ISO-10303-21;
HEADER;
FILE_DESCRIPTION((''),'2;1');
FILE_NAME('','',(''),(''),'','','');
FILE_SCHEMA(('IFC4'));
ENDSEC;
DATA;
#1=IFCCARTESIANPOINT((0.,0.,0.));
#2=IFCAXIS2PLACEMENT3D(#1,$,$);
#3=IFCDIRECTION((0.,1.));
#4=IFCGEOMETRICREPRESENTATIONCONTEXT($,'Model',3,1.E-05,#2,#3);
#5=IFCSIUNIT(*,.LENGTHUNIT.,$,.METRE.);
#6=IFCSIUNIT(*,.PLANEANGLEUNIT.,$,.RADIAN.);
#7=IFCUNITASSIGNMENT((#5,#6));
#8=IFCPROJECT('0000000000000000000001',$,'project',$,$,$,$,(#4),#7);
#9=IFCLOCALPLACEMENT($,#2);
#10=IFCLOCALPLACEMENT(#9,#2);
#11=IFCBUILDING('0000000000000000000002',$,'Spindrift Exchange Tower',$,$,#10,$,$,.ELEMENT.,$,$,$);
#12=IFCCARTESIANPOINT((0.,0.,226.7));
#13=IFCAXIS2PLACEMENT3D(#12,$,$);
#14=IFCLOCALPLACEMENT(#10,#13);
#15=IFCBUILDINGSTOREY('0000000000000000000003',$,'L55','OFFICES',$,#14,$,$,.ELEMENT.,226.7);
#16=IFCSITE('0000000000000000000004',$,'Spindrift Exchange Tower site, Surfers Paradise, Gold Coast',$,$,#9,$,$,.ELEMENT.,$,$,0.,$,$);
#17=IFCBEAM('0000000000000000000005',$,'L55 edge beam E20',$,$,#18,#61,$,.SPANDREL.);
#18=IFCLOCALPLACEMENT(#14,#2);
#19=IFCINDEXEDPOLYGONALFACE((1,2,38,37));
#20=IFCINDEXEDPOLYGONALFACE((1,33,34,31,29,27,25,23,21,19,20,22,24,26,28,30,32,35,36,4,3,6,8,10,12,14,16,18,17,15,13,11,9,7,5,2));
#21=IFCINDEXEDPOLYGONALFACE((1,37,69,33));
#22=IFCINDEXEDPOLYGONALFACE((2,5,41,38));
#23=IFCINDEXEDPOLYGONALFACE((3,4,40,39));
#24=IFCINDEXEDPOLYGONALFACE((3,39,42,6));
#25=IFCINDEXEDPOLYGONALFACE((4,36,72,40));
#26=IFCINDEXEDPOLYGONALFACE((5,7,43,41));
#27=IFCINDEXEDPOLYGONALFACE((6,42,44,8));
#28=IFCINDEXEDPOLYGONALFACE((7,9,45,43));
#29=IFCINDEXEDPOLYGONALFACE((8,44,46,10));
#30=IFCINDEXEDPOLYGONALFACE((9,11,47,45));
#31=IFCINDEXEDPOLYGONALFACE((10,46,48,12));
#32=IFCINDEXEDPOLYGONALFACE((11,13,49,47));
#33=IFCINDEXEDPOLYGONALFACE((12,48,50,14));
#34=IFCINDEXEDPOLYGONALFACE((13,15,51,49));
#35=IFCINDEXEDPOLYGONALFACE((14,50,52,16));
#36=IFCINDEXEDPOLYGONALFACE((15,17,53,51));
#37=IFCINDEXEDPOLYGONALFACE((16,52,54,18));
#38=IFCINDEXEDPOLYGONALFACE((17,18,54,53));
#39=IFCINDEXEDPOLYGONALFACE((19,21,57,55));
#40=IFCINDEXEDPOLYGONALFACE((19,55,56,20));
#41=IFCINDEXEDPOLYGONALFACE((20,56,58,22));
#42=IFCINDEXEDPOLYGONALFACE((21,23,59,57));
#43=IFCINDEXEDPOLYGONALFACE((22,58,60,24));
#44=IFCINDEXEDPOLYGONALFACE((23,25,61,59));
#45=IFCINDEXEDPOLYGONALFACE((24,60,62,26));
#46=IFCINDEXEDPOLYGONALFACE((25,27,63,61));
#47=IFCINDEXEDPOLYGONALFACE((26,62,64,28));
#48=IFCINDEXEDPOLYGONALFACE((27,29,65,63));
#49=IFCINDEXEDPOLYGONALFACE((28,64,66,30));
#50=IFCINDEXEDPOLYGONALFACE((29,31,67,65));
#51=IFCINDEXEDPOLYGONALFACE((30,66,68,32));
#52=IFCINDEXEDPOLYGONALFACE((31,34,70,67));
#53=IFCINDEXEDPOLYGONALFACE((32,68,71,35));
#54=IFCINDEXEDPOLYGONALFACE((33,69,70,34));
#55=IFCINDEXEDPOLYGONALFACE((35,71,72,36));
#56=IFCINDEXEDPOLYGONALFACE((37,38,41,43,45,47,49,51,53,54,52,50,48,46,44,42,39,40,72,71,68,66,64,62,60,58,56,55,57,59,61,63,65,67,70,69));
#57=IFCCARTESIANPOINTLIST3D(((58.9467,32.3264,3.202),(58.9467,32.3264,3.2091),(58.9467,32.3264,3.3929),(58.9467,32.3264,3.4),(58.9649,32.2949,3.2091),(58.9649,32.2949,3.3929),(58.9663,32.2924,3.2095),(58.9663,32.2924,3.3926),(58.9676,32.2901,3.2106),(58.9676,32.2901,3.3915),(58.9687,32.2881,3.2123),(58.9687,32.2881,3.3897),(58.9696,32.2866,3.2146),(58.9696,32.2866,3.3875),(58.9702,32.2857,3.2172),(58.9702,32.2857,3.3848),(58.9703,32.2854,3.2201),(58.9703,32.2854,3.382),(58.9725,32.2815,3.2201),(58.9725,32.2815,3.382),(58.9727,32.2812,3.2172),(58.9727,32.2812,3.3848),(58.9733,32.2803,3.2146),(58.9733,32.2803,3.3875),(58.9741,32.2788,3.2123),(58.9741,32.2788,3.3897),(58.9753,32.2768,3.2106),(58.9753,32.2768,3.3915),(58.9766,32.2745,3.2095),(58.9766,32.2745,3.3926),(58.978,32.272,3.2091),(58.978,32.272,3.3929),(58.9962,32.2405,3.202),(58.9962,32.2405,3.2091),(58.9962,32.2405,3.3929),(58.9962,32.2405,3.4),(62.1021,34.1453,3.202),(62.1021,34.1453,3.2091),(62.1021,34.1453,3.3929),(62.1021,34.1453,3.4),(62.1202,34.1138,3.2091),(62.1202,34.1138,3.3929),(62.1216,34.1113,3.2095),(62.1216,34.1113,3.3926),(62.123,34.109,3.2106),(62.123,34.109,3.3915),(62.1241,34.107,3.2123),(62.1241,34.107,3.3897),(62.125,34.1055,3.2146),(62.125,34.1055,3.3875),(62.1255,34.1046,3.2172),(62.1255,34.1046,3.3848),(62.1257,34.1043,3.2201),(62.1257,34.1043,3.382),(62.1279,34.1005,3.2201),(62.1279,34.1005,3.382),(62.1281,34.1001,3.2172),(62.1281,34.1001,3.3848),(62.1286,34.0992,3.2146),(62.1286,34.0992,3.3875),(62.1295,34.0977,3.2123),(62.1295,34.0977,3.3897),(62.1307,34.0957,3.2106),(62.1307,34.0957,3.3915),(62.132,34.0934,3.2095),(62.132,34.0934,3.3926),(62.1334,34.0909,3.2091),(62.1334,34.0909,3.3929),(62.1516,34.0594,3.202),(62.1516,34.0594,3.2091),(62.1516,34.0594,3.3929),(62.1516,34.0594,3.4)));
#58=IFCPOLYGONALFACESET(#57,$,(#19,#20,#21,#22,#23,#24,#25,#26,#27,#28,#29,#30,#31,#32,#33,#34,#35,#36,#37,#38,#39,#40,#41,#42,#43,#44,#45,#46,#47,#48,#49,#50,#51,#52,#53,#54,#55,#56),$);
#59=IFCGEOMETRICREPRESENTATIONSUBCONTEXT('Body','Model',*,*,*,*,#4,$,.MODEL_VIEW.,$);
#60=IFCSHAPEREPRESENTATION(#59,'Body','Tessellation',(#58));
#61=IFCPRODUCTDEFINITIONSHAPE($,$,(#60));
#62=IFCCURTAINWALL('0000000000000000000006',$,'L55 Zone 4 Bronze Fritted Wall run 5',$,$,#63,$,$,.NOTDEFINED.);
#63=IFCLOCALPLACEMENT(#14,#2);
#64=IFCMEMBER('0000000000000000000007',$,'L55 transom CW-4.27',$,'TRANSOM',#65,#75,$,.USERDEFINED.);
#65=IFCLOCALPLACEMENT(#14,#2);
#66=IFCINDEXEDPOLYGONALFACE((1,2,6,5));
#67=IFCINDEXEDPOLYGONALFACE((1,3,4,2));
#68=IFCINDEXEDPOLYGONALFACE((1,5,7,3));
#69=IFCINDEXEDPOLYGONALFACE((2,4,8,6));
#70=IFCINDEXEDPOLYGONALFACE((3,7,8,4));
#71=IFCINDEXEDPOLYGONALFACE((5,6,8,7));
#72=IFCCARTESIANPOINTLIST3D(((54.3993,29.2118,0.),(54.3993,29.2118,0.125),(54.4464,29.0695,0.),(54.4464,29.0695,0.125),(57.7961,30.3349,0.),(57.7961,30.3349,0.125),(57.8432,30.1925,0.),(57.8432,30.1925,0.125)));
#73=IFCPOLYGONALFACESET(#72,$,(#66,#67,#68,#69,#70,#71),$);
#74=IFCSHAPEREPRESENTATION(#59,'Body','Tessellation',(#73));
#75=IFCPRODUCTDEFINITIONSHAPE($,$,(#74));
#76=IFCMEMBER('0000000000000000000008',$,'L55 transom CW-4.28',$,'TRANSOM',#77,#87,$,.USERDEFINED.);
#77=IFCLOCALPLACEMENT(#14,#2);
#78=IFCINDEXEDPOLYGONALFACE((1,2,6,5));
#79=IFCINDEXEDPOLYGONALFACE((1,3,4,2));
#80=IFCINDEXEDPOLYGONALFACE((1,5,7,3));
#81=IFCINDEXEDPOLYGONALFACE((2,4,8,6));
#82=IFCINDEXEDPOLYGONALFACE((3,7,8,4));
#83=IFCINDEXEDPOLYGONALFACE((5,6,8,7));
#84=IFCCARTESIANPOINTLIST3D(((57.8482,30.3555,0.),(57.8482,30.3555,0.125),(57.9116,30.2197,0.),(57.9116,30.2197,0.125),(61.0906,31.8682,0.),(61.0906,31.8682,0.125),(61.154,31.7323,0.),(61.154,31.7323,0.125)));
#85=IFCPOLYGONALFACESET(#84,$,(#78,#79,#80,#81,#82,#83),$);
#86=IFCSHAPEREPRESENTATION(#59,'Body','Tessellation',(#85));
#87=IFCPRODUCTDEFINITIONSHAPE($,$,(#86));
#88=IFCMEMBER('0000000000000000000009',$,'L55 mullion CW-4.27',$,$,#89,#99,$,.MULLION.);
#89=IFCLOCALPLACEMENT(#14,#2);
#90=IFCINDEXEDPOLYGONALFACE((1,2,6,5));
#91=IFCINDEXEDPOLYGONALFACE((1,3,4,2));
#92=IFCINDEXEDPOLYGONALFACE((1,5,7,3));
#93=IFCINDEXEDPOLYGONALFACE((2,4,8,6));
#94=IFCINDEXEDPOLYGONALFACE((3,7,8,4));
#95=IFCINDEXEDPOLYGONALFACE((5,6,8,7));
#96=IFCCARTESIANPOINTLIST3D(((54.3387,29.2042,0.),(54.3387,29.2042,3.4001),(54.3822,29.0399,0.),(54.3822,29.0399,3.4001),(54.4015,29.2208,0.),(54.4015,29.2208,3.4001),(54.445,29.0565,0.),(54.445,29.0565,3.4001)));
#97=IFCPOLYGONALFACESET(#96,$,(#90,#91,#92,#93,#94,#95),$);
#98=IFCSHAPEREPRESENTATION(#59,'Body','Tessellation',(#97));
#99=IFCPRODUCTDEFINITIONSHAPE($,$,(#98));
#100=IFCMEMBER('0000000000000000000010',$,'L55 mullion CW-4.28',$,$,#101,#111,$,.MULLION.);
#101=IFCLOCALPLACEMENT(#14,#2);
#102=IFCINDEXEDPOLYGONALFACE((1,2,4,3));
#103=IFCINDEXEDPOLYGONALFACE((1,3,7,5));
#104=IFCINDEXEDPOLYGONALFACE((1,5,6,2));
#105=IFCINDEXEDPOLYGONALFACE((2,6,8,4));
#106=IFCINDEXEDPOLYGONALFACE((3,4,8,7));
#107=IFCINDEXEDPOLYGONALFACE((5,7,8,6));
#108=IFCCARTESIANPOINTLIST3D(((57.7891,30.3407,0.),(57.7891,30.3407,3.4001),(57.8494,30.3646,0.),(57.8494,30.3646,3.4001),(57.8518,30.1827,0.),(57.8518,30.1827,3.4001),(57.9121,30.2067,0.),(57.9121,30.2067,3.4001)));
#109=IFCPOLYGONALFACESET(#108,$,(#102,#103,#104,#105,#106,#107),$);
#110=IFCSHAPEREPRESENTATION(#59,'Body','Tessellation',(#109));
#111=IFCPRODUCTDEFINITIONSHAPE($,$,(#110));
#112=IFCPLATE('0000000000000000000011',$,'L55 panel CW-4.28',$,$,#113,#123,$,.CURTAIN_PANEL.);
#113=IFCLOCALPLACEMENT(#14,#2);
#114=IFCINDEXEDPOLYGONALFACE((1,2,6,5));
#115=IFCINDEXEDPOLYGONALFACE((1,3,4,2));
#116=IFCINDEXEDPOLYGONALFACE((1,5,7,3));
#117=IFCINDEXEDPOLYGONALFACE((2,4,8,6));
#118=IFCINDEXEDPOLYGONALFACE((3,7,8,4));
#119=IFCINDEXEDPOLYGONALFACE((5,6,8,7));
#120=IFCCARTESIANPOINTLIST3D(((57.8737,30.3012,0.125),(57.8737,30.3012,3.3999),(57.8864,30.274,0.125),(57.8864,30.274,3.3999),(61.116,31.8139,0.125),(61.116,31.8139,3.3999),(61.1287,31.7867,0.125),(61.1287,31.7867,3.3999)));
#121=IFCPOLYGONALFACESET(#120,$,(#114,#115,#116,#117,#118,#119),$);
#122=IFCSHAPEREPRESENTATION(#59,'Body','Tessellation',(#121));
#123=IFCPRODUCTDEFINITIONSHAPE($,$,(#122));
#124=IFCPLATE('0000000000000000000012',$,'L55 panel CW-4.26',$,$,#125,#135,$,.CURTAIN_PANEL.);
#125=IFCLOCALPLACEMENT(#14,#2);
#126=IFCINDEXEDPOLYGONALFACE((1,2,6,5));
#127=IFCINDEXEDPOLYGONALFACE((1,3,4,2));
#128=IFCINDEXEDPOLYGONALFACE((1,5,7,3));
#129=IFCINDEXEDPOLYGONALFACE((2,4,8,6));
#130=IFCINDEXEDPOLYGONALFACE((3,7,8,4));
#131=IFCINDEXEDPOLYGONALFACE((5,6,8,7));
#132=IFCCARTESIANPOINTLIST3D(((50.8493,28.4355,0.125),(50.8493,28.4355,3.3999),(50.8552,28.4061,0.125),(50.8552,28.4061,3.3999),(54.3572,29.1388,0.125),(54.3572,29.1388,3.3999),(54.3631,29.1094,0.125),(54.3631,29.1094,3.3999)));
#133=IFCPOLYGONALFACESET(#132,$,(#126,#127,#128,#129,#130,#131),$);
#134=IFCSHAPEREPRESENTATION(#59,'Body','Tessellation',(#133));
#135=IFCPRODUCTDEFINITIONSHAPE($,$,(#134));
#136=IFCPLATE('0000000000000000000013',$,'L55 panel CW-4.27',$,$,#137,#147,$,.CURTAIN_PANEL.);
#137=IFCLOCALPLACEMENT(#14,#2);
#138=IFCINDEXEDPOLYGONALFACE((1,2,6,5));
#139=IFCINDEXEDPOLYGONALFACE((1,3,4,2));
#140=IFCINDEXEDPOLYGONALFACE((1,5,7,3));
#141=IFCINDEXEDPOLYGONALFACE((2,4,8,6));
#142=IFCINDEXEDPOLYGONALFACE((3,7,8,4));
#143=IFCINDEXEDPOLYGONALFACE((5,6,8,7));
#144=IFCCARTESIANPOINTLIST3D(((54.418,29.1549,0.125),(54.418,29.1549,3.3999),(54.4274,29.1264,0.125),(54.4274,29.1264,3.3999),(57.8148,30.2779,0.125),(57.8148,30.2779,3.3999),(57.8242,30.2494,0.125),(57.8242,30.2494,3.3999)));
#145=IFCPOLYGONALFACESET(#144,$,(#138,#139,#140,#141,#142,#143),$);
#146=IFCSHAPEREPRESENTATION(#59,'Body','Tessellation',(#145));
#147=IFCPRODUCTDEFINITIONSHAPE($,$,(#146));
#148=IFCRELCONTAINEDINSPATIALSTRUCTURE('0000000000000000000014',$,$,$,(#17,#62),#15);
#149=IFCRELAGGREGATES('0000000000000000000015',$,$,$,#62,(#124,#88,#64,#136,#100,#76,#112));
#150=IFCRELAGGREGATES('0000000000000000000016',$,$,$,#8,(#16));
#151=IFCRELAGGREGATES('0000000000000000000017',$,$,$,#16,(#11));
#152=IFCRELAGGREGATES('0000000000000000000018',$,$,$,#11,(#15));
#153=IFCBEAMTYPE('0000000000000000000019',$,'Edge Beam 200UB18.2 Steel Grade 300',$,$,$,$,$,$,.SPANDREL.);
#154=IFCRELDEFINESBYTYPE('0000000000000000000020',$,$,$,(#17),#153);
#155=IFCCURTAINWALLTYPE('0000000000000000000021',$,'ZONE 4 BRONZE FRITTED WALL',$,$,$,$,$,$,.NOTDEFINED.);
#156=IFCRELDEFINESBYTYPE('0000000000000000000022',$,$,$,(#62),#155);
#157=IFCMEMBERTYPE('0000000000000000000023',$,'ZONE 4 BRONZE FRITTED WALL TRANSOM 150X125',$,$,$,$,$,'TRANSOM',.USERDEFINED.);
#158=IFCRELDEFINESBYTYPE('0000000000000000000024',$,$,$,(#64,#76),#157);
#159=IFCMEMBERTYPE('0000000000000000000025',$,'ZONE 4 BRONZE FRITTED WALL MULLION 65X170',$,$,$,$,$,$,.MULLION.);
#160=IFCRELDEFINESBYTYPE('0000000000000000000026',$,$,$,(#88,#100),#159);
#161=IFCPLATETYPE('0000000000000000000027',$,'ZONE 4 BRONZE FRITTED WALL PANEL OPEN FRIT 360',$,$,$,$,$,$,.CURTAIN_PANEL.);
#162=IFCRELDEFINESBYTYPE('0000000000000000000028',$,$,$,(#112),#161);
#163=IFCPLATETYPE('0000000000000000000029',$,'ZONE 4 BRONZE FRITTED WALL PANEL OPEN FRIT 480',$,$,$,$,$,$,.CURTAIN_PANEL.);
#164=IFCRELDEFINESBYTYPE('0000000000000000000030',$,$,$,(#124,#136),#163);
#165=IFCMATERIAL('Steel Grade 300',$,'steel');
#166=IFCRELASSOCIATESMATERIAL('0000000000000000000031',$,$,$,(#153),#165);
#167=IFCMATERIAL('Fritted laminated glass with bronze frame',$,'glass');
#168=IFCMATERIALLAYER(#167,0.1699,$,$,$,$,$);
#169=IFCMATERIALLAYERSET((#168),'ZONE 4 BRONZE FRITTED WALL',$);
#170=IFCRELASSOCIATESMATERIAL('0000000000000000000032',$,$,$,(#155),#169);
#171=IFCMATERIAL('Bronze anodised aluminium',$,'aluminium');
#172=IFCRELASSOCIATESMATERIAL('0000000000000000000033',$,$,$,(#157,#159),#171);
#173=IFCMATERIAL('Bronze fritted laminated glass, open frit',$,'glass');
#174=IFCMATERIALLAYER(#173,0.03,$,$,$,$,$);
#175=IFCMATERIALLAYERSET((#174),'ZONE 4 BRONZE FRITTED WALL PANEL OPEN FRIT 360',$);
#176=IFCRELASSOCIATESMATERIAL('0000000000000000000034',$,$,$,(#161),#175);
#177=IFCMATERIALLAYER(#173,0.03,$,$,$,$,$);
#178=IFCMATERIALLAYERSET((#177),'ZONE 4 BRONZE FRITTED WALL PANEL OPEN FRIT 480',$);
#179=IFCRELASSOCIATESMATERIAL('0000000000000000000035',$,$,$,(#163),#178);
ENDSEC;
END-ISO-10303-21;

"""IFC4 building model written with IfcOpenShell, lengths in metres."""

from ifc_helpers import new_model, si_unit, direction, frame, origin, origin_2d, place, context, subcontext, project, spatial, rectangle, i_section, extrude, source, transform, mapped, material, layer, layer_set, material_profile, profile_set, type_object, element, aggregate, save


model = new_model("IFC4")

# Units and contexts
model_context = context("Model", 3, precision=1e-05, world=origin(), true_north=direction((0.0, 1.0)))
body_context = subcontext(model_context, "Body", "Model", "MODEL_VIEW")
ifc_project = project(units=[si_unit("LENGTHUNIT", "METRE"), si_unit("PLANEANGLEUNIT", "RADIAN")], contexts=[model_context])

# Site, building, storey
site_placement = place(None, origin())
site = spatial("IfcSite", under=ifc_project, at=site_placement, Name="Spindrift Exchange Tower site, Surfers Paradise, Gold Coast", CompositionType="ELEMENT", RefElevation=0.0)
building_placement = place(site_placement, origin())
building = spatial("IfcBuilding", under=site, at=building_placement, Name="Spindrift Exchange Tower", CompositionType="ELEMENT")
storey_placement = place(building_placement, frame((0.0, 0.0, 226.7)))
storey = spatial("IfcBuildingStorey", under=building, at=storey_placement, Name="L55", Description="OFFICES", CompositionType="ELEMENT", Elevation=226.7)

# Beam
ifc_material_1 = material(Name="Steel Grade 300", Category="steel")
ifc_material_profile_1 = material_profile(ifc_material_1, i_section(OverallWidth=0.0991, OverallDepth=0.198, WebThickness=0.0044, FlangeThickness=0.0071, FilletRadius=0.011, at=origin_2d()), Name="200UB18.2")
ifc_profile_set_1 = profile_set([ifc_material_profile_1], Name="Steel Grade 300")
beam_type_1 = type_object("IfcBeamType", Name="Edge Beam 200UB18.2 Steel Grade 300", PredefinedType="SPANDREL", material=ifc_profile_set_1)
shared_shape_1 = source(origin(), body_context, "Body", "SweptSolid", [
    extrude(i_section(OverallWidth=0.0991, OverallDepth=0.198, WebThickness=0.0044, FlangeThickness=0.0071, FilletRadius=0.011, at=origin_2d()), origin(), (0.0, 0.0, 1.0), 3.6421),
])
beam_1_placement = place(storey_placement, frame((58.9714, 32.2834, 3.301), z_axis=(0.866364, 0.499413, 0.0), x_axis=(-0.499413, 0.866364, 0.0)))
element("IfcBeam", 1, at=beam_1_placement, inside=storey, type_object=beam_type_1, Name="L55 edge beam E20", PredefinedType="SPANDREL", context=body_context, shape_type="MappedRepresentation", body=[
    mapped(shared_shape_1, transform((0.0, 0.0, 0.0), scale=1.0)),
])

# Curtain wall, members, plates
ifc_material_2 = material(Name="Fritted laminated glass with bronze frame", Category="glass")
ifc_layer_1 = layer(ifc_material_2, 0.1699)
ifc_layer_set_1 = layer_set([ifc_layer_1], Name="ZONE 4 BRONZE FRITTED WALL")
curtain_wall_type = type_object("IfcCurtainWallType", Name="ZONE 4 BRONZE FRITTED WALL", PredefinedType="NOTDEFINED", material=ifc_layer_set_1)
curtain_wall_placement = place(storey_placement, origin())
curtain_wall = element("IfcCurtainWall", 2, at=curtain_wall_placement, inside=storey, type_object=curtain_wall_type, Name="L55 Zone 4 Bronze Fritted Wall run 5", PredefinedType="NOTDEFINED")
ifc_material_3 = material(Name="Bronze anodised aluminium", Category="aluminium")
ifc_material_profile_2 = material_profile(ifc_material_3, rectangle(XDim=0.1499, YDim=0.125, at=origin_2d()), Name="ZONE 4 BRONZE FRITTED WALL TRANSOM 150X125")
ifc_profile_set_2 = profile_set([ifc_material_profile_2], Name="Bronze anodised aluminium")
member_type_1 = type_object("IfcMemberType", Name="ZONE 4 BRONZE FRITTED WALL TRANSOM 150X125", ElementType="TRANSOM", PredefinedType="USERDEFINED", material=ifc_profile_set_2)
shared_shape_2 = source(origin(), body_context, "Body", "SweptSolid", [
    extrude(rectangle(XDim=0.1499, YDim=0.125, at=origin_2d()), origin(), (0.0, 0.0, 1.0), 3.5776),
])
member_1_placement = place(storey_placement, frame((54.4229, 29.1406, 0.0625), z_axis=(0.949452, 0.313913, 0.0), x_axis=(-0.313913, 0.949452, 0.0)))
member_1 = element("IfcMember", 3, at=member_1_placement, type_object=member_type_1, Name="L55 transom CW-4.27", ObjectType="TRANSOM", PredefinedType="USERDEFINED", context=body_context, shape_type="MappedRepresentation", body=[
    mapped(shared_shape_2, transform((0.0, 0.0, 0.0), scale=1.0)),
])
shared_shape_3 = source(origin(), body_context, "Body", "SweptSolid", [
    extrude(rectangle(XDim=0.1499, YDim=0.125, at=origin_2d()), origin(), (0.0, 0.0, 1.0), 3.5779),
])
member_2_placement = place(storey_placement, frame((57.8799, 30.2876, 0.0625), z_axis=(0.90623, 0.422785, 0.0), x_axis=(-0.422785, 0.90623, 0.0)))
member_2 = element("IfcMember", 4, at=member_2_placement, type_object=member_type_1, Name="L55 transom CW-4.28", ObjectType="TRANSOM", PredefinedType="USERDEFINED", context=body_context, shape_type="MappedRepresentation", body=[
    mapped(shared_shape_3, transform((0.0, 0.0, 0.0), scale=1.0)),
])
ifc_material_profile_3 = material_profile(ifc_material_3, rectangle(XDim=0.0649, YDim=0.1699, at=origin_2d()), Name="ZONE 4 BRONZE FRITTED WALL MULLION 65X170")
ifc_profile_set_3 = profile_set([ifc_material_profile_3], Name="Bronze anodised aluminium")
member_type_2 = type_object("IfcMemberType", Name="ZONE 4 BRONZE FRITTED WALL MULLION 65X170", PredefinedType="MULLION", material=ifc_profile_set_3)
shared_shape_4 = source(origin(), body_context, "Body", "SweptSolid", [
    extrude(rectangle(XDim=0.0649, YDim=0.1699, at=origin_2d()), origin(), (0.0, 0.0, 1.0), 3.4001),
])
member_3_placement = place(storey_placement, frame((54.3918, 29.1304, 0.0), z_axis=(0.0, 0.0, 1.0), x_axis=(0.966753, 0.255711, 0.0)))
member_3 = element("IfcMember", 5, at=member_3_placement, type_object=member_type_2, Name="L55 mullion CW-4.27", PredefinedType="MULLION", context=body_context, shape_type="MappedRepresentation", body=[
    mapped(shared_shape_4, transform((0.0, 0.0, 0.0), scale=1.0)),
])
member_4_placement = place(storey_placement, frame((57.8506, 30.2737, 0.0), z_axis=(0.0, 0.0, 1.0), x_axis=(0.929437, 0.36898, 0.0)))
member_4 = element("IfcMember", 6, at=member_4_placement, type_object=member_type_2, Name="L55 mullion CW-4.28", PredefinedType="MULLION", context=body_context, shape_type="MappedRepresentation", body=[
    mapped(shared_shape_4, transform((0.0, 0.0, 0.0), scale=1.0)),
])
ifc_material_4 = material(Name="Bronze fritted laminated glass, open frit", Category="glass")
ifc_layer_2 = layer(ifc_material_4, 0.03)
ifc_layer_set_2 = layer_set([ifc_layer_2], Name="ZONE 4 BRONZE FRITTED WALL PANEL OPEN FRIT 360")
plate_type_1 = type_object("IfcPlateType", Name="ZONE 4 BRONZE FRITTED WALL PANEL OPEN FRIT 360", PredefinedType="CURTAIN_PANEL", material=ifc_layer_set_2)
shared_shape_5 = source(origin(), body_context, "Body", "SweptSolid", [
    extrude(rectangle(XDim=3.5779, YDim=0.03, at=origin_2d()), origin(), (0.0, 0.0, 1.0), 3.2749),
])
plate_1_placement = place(storey_placement, frame((59.5012, 31.0439, 0.125), z_axis=(0.0, 0.0, 1.0), x_axis=(0.906221, 0.422805, 0.0)))
plate_1 = element("IfcPlate", 7, at=plate_1_placement, type_object=plate_type_1, Name="L55 panel CW-4.28", PredefinedType="CURTAIN_PANEL", context=body_context, shape_type="MappedRepresentation", body=[
    mapped(shared_shape_5, transform((0.0, 0.0, 0.0), scale=1.0)),
])
ifc_layer_3 = layer(ifc_material_4, 0.03)
ifc_layer_set_3 = layer_set([ifc_layer_3], Name="ZONE 4 BRONZE FRITTED WALL PANEL OPEN FRIT 480")
plate_type_2 = type_object("IfcPlateType", Name="ZONE 4 BRONZE FRITTED WALL PANEL OPEN FRIT 480", PredefinedType="CURTAIN_PANEL", material=ifc_layer_set_3)
shared_shape_6 = source(origin(), body_context, "Body", "SweptSolid", [
    extrude(rectangle(XDim=3.5776, YDim=0.03, at=origin_2d()), origin(), (0.0, 0.0, 1.0), 3.2749),
])
plate_2_placement = place(storey_placement, frame((52.6062, 28.7725, 0.125), z_axis=(0.0, 0.0, 1.0), x_axis=(0.980486, 0.196591, 0.0)))
plate_2 = element("IfcPlate", 8, at=plate_2_placement, type_object=plate_type_2, Name="L55 panel CW-4.26", PredefinedType="CURTAIN_PANEL", context=body_context, shape_type="MappedRepresentation", body=[
    mapped(shared_shape_6, transform((0.0, 0.0, 0.0), scale=1.0)),
])
plate_3_placement = place(storey_placement, frame((56.1211, 29.7021, 0.125), z_axis=(0.0, 0.0, 1.0), x_axis=(0.94946, 0.313888, 0.0)))
plate_3 = element("IfcPlate", 9, at=plate_3_placement, type_object=plate_type_2, Name="L55 panel CW-4.27", PredefinedType="CURTAIN_PANEL", context=body_context, shape_type="MappedRepresentation", body=[
    mapped(shared_shape_6, transform((0.0, 0.0, 0.0), scale=1.0)),
])
aggregate(curtain_wall, [plate_2, member_3, member_1, plate_3, member_4, member_2, plate_1])

save(model, "model.ifc")
